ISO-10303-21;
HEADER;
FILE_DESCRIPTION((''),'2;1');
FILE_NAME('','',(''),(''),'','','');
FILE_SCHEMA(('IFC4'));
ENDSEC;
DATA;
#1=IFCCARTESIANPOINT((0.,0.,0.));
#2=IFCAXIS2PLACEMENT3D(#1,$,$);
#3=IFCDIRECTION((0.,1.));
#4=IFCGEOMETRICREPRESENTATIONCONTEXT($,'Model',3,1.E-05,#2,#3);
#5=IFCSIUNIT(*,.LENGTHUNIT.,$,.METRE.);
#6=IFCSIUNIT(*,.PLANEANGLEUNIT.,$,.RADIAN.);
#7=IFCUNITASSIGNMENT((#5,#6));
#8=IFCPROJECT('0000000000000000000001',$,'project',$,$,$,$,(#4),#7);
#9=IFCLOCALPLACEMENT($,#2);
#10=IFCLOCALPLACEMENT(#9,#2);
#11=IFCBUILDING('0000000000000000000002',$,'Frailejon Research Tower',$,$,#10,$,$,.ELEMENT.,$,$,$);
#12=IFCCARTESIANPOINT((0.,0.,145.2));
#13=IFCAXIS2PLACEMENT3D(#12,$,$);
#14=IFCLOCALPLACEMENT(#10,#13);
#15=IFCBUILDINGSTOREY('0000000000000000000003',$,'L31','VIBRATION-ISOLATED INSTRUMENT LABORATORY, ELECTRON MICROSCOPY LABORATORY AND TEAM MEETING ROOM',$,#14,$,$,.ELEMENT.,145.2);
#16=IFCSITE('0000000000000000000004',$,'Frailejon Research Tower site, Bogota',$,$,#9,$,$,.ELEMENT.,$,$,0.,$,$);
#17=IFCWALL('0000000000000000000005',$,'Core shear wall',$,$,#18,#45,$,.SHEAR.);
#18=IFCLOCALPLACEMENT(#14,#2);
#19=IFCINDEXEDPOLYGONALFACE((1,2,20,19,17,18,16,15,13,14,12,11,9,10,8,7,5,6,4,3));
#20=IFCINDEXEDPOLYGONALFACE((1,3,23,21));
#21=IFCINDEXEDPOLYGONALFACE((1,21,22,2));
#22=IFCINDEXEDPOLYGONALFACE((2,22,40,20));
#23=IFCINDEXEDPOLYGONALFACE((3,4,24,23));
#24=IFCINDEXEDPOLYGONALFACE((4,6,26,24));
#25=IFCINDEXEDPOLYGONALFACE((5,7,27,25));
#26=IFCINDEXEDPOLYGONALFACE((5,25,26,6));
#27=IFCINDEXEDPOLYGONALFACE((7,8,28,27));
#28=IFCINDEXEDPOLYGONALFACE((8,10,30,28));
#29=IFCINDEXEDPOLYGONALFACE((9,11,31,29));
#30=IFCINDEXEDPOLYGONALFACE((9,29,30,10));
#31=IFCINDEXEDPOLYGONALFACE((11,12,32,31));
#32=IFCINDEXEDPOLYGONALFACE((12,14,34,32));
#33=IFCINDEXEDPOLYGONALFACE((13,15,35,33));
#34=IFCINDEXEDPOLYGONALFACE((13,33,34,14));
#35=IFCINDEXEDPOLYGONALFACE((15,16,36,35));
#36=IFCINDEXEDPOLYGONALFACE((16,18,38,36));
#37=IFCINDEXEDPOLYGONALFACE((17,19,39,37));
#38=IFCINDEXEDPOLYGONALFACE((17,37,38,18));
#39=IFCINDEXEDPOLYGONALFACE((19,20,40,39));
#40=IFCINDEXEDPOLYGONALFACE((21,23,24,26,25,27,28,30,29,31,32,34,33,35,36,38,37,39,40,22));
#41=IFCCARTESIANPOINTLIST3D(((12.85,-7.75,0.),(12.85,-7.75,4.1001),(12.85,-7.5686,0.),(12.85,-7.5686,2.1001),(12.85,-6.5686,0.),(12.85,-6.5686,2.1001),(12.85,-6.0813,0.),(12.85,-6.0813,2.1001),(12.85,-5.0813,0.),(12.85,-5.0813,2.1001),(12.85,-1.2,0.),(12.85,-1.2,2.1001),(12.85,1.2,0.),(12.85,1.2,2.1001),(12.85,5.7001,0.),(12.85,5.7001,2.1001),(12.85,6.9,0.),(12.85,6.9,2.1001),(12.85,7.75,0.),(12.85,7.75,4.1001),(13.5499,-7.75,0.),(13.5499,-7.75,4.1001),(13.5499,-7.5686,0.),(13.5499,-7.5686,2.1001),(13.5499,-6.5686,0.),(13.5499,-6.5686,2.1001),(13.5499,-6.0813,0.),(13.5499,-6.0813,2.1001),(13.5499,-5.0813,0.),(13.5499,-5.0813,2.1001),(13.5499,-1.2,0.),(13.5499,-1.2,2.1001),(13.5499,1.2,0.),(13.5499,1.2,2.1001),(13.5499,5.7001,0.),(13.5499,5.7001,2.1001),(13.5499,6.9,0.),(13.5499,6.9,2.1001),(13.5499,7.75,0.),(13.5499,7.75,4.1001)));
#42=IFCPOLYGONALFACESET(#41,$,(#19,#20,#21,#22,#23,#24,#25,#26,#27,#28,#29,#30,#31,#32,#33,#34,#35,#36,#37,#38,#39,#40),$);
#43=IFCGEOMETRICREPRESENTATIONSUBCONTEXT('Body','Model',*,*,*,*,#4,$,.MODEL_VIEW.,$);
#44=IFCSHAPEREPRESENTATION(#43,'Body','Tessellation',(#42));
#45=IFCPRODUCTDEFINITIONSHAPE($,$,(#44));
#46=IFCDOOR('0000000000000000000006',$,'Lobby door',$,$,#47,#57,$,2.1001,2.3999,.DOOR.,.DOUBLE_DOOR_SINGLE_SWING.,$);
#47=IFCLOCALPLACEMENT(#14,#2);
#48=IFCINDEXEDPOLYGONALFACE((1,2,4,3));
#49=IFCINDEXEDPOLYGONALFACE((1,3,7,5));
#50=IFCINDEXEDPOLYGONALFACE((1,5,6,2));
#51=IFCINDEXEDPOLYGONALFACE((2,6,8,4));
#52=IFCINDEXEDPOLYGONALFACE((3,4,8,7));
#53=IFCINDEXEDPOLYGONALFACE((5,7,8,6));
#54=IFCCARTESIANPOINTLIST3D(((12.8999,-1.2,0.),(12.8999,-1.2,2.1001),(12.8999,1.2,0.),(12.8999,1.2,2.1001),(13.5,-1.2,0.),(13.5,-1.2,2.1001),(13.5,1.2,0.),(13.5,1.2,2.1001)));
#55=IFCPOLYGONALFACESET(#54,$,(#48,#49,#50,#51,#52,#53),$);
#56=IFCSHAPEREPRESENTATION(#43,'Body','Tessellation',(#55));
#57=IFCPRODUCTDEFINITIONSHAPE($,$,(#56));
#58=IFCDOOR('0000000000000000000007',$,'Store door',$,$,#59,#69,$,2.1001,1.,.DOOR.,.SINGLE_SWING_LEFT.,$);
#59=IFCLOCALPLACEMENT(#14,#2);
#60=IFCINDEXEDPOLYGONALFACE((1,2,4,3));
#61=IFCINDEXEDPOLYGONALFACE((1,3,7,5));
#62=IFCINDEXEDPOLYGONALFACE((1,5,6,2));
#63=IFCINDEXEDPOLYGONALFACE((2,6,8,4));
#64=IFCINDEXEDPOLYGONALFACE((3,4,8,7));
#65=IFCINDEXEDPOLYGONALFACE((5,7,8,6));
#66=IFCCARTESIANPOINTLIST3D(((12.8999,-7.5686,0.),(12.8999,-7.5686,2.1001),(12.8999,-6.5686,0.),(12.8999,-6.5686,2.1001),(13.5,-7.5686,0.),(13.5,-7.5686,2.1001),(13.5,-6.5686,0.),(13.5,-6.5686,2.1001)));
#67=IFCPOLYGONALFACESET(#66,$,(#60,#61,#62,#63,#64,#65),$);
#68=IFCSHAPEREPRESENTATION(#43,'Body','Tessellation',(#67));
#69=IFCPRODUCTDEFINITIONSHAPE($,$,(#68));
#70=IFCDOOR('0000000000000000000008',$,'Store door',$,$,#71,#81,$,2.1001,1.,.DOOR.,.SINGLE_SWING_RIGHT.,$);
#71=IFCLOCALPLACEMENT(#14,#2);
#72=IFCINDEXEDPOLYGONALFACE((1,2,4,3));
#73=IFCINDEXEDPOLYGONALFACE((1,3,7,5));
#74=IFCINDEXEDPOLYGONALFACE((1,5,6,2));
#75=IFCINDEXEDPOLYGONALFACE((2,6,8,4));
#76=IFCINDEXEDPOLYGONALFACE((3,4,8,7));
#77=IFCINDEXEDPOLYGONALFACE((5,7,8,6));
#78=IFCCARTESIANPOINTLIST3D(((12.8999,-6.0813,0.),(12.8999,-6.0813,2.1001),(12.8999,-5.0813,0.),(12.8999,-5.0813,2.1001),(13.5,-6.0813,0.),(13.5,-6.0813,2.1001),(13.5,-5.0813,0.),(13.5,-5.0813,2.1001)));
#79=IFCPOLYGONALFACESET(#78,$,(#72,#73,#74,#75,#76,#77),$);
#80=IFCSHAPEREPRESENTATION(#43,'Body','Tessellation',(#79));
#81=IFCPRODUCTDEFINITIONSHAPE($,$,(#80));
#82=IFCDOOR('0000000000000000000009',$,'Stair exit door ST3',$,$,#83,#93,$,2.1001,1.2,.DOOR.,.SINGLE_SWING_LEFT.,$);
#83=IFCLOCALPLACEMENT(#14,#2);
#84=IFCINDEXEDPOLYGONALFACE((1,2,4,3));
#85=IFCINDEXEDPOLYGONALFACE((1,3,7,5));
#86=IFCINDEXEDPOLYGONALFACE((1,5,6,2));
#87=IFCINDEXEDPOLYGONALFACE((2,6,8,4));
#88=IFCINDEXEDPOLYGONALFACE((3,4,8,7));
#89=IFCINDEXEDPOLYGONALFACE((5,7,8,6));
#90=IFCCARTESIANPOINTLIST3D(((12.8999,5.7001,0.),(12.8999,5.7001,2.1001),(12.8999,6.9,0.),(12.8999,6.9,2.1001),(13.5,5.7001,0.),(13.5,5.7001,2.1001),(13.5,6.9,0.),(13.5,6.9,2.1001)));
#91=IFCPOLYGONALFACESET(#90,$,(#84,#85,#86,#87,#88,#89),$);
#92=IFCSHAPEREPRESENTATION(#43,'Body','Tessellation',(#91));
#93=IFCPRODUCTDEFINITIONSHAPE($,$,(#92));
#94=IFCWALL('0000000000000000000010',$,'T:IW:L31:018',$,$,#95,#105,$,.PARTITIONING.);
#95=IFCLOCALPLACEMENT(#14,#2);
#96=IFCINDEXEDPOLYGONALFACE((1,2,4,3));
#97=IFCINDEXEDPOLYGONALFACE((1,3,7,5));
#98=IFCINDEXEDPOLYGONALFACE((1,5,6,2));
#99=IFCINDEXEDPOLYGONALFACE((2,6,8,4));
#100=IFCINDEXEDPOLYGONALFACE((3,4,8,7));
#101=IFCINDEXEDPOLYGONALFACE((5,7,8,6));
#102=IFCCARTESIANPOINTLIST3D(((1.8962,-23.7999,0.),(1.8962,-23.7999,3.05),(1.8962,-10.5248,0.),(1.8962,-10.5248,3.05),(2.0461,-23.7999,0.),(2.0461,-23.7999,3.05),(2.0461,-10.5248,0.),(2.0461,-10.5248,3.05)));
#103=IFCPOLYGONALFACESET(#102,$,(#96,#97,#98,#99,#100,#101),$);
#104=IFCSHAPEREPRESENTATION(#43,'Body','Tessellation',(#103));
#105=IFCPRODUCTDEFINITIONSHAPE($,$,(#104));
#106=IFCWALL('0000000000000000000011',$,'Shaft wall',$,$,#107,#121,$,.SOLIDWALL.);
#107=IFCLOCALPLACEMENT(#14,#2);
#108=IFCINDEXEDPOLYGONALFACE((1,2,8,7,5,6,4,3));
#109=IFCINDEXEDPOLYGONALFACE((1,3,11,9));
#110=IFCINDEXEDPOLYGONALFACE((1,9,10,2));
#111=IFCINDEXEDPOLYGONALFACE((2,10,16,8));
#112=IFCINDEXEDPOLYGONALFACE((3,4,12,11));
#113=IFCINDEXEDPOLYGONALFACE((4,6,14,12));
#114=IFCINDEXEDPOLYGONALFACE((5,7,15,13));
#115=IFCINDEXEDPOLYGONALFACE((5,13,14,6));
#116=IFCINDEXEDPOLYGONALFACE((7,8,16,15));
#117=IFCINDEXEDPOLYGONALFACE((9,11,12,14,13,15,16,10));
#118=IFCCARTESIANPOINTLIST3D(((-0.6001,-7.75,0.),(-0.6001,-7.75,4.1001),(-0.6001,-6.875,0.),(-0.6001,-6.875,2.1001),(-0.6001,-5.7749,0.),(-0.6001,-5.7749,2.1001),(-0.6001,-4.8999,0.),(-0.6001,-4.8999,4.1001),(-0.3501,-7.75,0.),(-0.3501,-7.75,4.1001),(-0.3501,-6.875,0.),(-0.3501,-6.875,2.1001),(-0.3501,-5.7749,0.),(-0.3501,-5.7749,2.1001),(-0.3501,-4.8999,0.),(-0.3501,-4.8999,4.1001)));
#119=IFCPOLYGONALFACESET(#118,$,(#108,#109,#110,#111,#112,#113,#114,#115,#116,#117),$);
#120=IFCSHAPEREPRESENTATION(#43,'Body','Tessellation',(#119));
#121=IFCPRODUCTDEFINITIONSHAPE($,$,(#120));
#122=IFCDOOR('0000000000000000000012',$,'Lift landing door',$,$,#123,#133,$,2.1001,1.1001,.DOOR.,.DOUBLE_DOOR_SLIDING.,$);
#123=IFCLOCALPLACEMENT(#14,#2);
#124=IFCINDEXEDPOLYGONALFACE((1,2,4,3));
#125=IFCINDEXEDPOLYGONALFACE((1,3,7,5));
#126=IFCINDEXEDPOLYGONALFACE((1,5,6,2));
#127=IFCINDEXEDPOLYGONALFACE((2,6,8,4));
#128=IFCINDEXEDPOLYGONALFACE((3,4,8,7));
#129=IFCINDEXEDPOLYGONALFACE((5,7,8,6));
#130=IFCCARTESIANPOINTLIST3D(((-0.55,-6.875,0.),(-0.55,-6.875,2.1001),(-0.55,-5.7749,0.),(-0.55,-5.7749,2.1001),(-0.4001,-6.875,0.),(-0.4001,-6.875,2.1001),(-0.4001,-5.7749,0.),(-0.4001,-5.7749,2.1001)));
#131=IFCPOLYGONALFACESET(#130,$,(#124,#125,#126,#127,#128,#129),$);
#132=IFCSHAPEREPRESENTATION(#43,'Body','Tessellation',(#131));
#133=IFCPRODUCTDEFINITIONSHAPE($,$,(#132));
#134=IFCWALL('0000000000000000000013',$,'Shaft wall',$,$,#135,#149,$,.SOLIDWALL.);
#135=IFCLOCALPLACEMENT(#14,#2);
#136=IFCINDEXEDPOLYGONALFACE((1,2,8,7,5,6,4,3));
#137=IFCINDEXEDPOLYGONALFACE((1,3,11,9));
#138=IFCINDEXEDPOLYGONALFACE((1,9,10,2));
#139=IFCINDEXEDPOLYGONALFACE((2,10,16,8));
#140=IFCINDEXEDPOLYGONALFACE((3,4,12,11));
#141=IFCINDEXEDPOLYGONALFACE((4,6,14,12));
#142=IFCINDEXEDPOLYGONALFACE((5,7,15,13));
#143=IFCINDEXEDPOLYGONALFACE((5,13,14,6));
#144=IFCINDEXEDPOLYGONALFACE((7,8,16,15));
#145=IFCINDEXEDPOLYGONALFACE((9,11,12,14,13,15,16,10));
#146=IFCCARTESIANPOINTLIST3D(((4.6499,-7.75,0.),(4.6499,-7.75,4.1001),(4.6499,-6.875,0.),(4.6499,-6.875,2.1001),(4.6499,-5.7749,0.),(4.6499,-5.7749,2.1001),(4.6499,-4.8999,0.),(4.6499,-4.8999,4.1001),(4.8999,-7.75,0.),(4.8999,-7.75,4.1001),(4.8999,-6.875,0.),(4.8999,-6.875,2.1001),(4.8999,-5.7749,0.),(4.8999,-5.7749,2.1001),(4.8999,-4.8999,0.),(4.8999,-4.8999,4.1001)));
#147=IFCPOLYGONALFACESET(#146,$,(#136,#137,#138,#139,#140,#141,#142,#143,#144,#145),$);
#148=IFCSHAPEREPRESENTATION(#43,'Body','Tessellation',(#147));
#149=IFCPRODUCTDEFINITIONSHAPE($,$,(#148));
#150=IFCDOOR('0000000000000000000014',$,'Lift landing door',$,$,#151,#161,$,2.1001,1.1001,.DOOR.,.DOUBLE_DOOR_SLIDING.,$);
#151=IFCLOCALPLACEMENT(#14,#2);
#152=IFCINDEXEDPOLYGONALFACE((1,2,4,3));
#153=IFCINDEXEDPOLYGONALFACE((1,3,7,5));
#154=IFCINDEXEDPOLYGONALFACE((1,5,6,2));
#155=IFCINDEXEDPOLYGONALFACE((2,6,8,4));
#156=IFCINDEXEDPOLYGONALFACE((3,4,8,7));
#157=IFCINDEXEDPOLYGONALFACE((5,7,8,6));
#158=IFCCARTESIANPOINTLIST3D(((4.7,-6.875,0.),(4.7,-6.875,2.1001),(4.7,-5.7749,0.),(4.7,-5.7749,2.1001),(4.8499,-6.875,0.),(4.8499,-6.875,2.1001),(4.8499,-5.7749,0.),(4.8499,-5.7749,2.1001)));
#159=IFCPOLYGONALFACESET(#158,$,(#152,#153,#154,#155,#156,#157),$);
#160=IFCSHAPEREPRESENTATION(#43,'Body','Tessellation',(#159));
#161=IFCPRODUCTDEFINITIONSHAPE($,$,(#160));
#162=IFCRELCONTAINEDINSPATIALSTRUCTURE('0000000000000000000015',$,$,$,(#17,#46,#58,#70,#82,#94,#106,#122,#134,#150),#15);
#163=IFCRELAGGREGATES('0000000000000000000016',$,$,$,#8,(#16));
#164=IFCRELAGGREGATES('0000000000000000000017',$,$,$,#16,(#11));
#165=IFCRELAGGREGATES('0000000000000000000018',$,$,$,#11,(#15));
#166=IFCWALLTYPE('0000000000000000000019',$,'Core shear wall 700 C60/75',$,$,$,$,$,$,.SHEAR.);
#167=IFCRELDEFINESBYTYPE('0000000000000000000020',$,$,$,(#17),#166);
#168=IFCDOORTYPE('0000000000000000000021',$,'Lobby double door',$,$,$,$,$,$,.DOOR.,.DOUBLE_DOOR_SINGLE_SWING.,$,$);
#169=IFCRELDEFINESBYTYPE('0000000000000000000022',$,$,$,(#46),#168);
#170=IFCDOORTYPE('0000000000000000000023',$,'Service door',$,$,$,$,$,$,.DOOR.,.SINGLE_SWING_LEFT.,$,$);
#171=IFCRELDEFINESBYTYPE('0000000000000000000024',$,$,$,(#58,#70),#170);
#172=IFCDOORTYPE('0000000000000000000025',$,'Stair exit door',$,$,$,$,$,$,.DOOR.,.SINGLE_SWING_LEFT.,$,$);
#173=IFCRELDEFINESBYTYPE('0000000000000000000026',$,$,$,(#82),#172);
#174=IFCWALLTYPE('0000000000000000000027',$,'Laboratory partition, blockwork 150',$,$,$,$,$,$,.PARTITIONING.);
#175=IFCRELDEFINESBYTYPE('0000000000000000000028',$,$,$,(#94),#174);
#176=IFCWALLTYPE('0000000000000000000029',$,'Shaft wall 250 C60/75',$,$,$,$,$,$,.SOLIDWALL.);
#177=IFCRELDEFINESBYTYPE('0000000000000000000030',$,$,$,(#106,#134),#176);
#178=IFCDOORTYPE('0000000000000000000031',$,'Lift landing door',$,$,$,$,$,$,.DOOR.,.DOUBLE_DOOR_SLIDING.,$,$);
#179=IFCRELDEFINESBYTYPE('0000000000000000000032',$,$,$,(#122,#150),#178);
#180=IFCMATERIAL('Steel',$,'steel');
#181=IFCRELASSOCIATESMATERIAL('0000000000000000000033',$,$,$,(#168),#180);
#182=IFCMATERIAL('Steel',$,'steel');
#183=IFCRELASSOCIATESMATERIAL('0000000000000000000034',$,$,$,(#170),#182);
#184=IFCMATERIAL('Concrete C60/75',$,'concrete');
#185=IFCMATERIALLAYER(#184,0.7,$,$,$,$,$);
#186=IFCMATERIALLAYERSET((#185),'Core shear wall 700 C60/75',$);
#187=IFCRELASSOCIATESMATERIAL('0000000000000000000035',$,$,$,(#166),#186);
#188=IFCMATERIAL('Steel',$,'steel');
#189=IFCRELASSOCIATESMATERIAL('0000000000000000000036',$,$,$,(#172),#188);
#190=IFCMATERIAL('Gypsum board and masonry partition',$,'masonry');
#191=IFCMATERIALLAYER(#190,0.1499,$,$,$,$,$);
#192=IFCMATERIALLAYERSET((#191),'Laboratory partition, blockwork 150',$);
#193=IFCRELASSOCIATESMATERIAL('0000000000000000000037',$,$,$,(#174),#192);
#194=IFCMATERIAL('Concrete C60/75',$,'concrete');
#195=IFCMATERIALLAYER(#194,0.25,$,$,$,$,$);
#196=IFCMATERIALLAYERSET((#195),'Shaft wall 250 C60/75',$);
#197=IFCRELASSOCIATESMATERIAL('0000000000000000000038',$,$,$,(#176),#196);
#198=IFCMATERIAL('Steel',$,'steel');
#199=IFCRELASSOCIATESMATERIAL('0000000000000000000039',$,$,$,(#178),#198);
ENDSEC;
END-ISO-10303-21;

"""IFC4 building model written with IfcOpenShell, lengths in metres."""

from ifc_helpers import new_model, si_unit, direction, frame, frame_2d, origin, place, context, subcontext, project, spatial, rectangle, extrude, material, layer, layer_set, type_object, element, fill, save


model = new_model("IFC4")

# Units and contexts
model_context = context("Model", 3, precision=1e-05, world=origin(), true_north=direction((0.0, 1.0)))
body_context = subcontext(model_context, "Body", "Model", "MODEL_VIEW")
ifc_project = project(units=[si_unit("LENGTHUNIT", "METRE"), si_unit("PLANEANGLEUNIT", "RADIAN")], contexts=[model_context])

# Site, building, storey
site_placement = place(None, origin())
site = spatial("IfcSite", under=ifc_project, at=site_placement, Name="Frailejon Research Tower site, Bogota", CompositionType="ELEMENT", RefElevation=0.0)
building_placement = place(site_placement, origin())
building = spatial("IfcBuilding", under=site, at=building_placement, Name="Frailejon Research Tower", CompositionType="ELEMENT")
storey_placement = place(building_placement, frame((0.0, 0.0, 145.2)))
storey = spatial("IfcBuildingStorey", under=building, at=storey_placement, Name="L31", Description="VIBRATION-ISOLATED INSTRUMENT LABORATORY, ELECTRON MICROSCOPY LABORATORY AND TEAM MEETING ROOM", CompositionType="ELEMENT", Elevation=145.2)

# Wall, openings, doors
ifc_material_1 = material(Name="Steel", Category="steel")
door_type_1 = type_object("IfcDoorType", Name="Lobby double door", OperationType="DOUBLE_DOOR_SINGLE_SWING", PredefinedType="DOOR", material=ifc_material_1)
ifc_material_2 = material(Name="Steel", Category="steel")
door_type_2 = type_object("IfcDoorType", Name="Service door", OperationType="SINGLE_SWING_LEFT", PredefinedType="DOOR", material=ifc_material_2)
ifc_material_3 = material(Name="Concrete C60/75", Category="concrete")
ifc_layer_1 = layer(ifc_material_3, 0.7)
ifc_layer_set_1 = layer_set([ifc_layer_1], Name="Core shear wall 700 C60/75")
wall_type_1 = type_object("IfcWallType", Name="Core shear wall 700 C60/75", PredefinedType="SHEAR", material=ifc_layer_set_1)
wall_1_placement = place(storey_placement, frame((13.2, -7.75, 0.0), z_axis=(0.0, 0.0, 1.0), x_axis=(0.0, 1.0, 0.0)))
wall_1 = element("IfcWall", 1, at=wall_1_placement, inside=storey, type_object=wall_type_1, Name="Core shear wall", PredefinedType="SHEAR", context=body_context, shape_type="SweptSolid", body=[
    extrude(rectangle(XDim=15.5, YDim=0.7, at=frame_2d((7.75, 0.0))), origin(), (0.0, 0.0, 1.0), 4.1001),
])
opening_1_placement = place(wall_1_placement, frame((6.55, 0.0, 0.0)))
opening_1 = element("IfcOpeningElement", 2, at=opening_1_placement, cuts=wall_1, PredefinedType="OPENING", context=body_context, shape_type="SweptSolid", body=[
    extrude(rectangle(XDim=2.3999, YDim=2.1001, at=frame_2d((1.2, 1.05))), frame((0.0, 0.3599, 0.0), z_axis=(0.0, -1.0, 0.0), x_axis=(1.0, 0.0, 0.0)), (0.0, 0.0, 1.0), 0.72),
])
opening_2_placement = place(wall_1_placement, frame((13.45, 0.0, 0.0)))
opening_2 = element("IfcOpeningElement", 3, at=opening_2_placement, cuts=wall_1, PredefinedType="OPENING", context=body_context, shape_type="SweptSolid", body=[
    extrude(rectangle(XDim=1.2, YDim=2.1001, at=frame_2d((0.6001, 1.05))), frame((0.0, 0.3599, 0.0), z_axis=(0.0, -1.0, 0.0), x_axis=(1.0, 0.0, 0.0)), (0.0, 0.0, 1.0), 0.72),
])
opening_3_placement = place(wall_1_placement, frame((0.1814, 0.0, 0.0)))
opening_3 = element("IfcOpeningElement", 4, at=opening_3_placement, cuts=wall_1, PredefinedType="OPENING", context=body_context, shape_type="SweptSolid", body=[
    extrude(rectangle(XDim=1.0, YDim=2.1001, at=frame_2d((0.5, 1.05))), frame((0.0, 0.3599, 0.0), z_axis=(0.0, -1.0, 0.0), x_axis=(1.0, 0.0, 0.0)), (0.0, 0.0, 1.0), 0.72),
])
opening_4_placement = place(wall_1_placement, frame((1.6687, 0.0, 0.0)))
opening_4 = element("IfcOpeningElement", 5, at=opening_4_placement, cuts=wall_1, PredefinedType="OPENING", context=body_context, shape_type="SweptSolid", body=[
    extrude(rectangle(XDim=1.0, YDim=2.1001, at=frame_2d((0.5, 1.05))), frame((0.0, 0.3599, 0.0), z_axis=(0.0, -1.0, 0.0), x_axis=(1.0, 0.0, 0.0)), (0.0, 0.0, 1.0), 0.72),
])
door_1_placement = place(opening_1_placement, origin())
door_1 = element("IfcDoor", 6, at=door_1_placement, inside=storey, type_object=door_type_1, Name="Lobby door", OperationType="DOUBLE_DOOR_SINGLE_SWING", OverallHeight=2.1001, OverallWidth=2.3999, PredefinedType="DOOR", context=body_context, shape_type="SweptSolid", body=[
    extrude(rectangle(XDim=2.3999, YDim=2.1001, at=frame_2d((1.2, 1.05))), frame((0.0, 0.3, 0.0), z_axis=(0.0, -1.0, 0.0), x_axis=(1.0, 0.0, 0.0)), (0.0, 0.0, 1.0), 0.6001),
])
fill(opening_1, door_1)
door_2_placement = place(opening_3_placement, origin())
door_2 = element("IfcDoor", 7, at=door_2_placement, inside=storey, type_object=door_type_2, Name="Store door", OperationType="SINGLE_SWING_LEFT", OverallHeight=2.1001, OverallWidth=1.0, PredefinedType="DOOR", context=body_context, shape_type="SweptSolid", body=[
    extrude(rectangle(XDim=1.0, YDim=2.1001, at=frame_2d((0.5, 1.05))), frame((0.0, 0.3, 0.0), z_axis=(0.0, -1.0, 0.0), x_axis=(1.0, 0.0, 0.0)), (0.0, 0.0, 1.0), 0.6001),
])
fill(opening_3, door_2)
door_3_placement = place(opening_4_placement, origin())
door_3 = element("IfcDoor", 8, at=door_3_placement, inside=storey, type_object=door_type_2, Name="Store door", OperationType="SINGLE_SWING_RIGHT", OverallHeight=2.1001, OverallWidth=1.0, PredefinedType="DOOR", context=body_context, shape_type="SweptSolid", body=[
    extrude(rectangle(XDim=1.0, YDim=2.1001, at=frame_2d((0.5, 1.05))), frame((0.0, 0.3, 0.0), z_axis=(0.0, -1.0, 0.0), x_axis=(1.0, 0.0, 0.0)), (0.0, 0.0, 1.0), 0.6001),
])
fill(opening_4, door_3)
ifc_material_4 = material(Name="Steel", Category="steel")
door_type_3 = type_object("IfcDoorType", Name="Stair exit door", OperationType="SINGLE_SWING_LEFT", PredefinedType="DOOR", material=ifc_material_4)
door_4_placement = place(opening_2_placement, origin())
door_4 = element("IfcDoor", 9, at=door_4_placement, inside=storey, type_object=door_type_3, Name="Stair exit door ST3", OperationType="SINGLE_SWING_LEFT", OverallHeight=2.1001, OverallWidth=1.2, PredefinedType="DOOR", context=body_context, shape_type="SweptSolid", body=[
    extrude(rectangle(XDim=1.2, YDim=2.1001, at=frame_2d((0.6001, 1.05))), frame((0.0, 0.3, 0.0), z_axis=(0.0, -1.0, 0.0), x_axis=(1.0, 0.0, 0.0)), (0.0, 0.0, 1.0), 0.6001),
])
fill(opening_2, door_4)

# Wall
ifc_material_5 = material(Name="Gypsum board and masonry partition", Category="masonry")
ifc_layer_2 = layer(ifc_material_5, 0.1499)
ifc_layer_set_2 = layer_set([ifc_layer_2], Name="Laboratory partition, blockwork 150")
wall_type_2 = type_object("IfcWallType", Name="Laboratory partition, blockwork 150", PredefinedType="PARTITIONING", material=ifc_layer_set_2)
wall_2_placement = place(storey_placement, frame((1.9712, -23.8, 0.0), z_axis=(0.0, 0.0, 1.0), x_axis=(0.0, 1.0, 0.0)))
element("IfcWall", 10, at=wall_2_placement, inside=storey, type_object=wall_type_2, Name="T:IW:L31:018", PredefinedType="PARTITIONING", context=body_context, shape_type="SweptSolid", body=[
    extrude(rectangle(XDim=13.2751, YDim=0.1499, at=frame_2d((6.6377, 0.0))), origin(), (0.0, 0.0, 1.0), 3.05),
])

# Walls, openings, doors
ifc_material_6 = material(Name="Concrete C60/75", Category="concrete")
ifc_layer_3 = layer(ifc_material_6, 0.25)
ifc_layer_set_3 = layer_set([ifc_layer_3], Name="Shaft wall 250 C60/75")
wall_type_3 = type_object("IfcWallType", Name="Shaft wall 250 C60/75", PredefinedType="SOLIDWALL", material=ifc_layer_set_3)
wall_3_placement = place(storey_placement, frame((-0.4751, -7.75, 0.0), z_axis=(0.0, 0.0, 1.0), x_axis=(0.0, 1.0, 0.0)))
wall_3 = element("IfcWall", 11, at=wall_3_placement, inside=storey, type_object=wall_type_3, Name="Shaft wall", PredefinedType="SOLIDWALL", context=body_context, shape_type="SweptSolid", body=[
    extrude(rectangle(XDim=2.8501, YDim=0.25, at=frame_2d((1.425, 0.0))), origin(), (0.0, 0.0, 1.0), 4.1001),
])
opening_5_placement = place(wall_3_placement, frame((0.875, 0.0, 0.0)))
opening_5 = element("IfcOpeningElement", 12, at=opening_5_placement, cuts=wall_3, PredefinedType="OPENING", context=body_context, shape_type="SweptSolid", body=[
    extrude(rectangle(XDim=1.1001, YDim=2.1001, at=frame_2d((0.55, 1.05))), frame((0.0, 0.135, 0.0), z_axis=(0.0, -1.0, 0.0), x_axis=(1.0, 0.0, 0.0)), (0.0, 0.0, 1.0), 0.27),
])
ifc_material_7 = material(Name="Steel", Category="steel")
door_type_4 = type_object("IfcDoorType", Name="Lift landing door", OperationType="DOUBLE_DOOR_SLIDING", PredefinedType="DOOR", material=ifc_material_7)
door_5_placement = place(opening_5_placement, origin())
door_5 = element("IfcDoor", 13, at=door_5_placement, inside=storey, type_object=door_type_4, Name="Lift landing door", OperationType="DOUBLE_DOOR_SLIDING", OverallHeight=2.1001, OverallWidth=1.1001, PredefinedType="DOOR", context=body_context, shape_type="SweptSolid", body=[
    extrude(rectangle(XDim=1.1001, YDim=2.1001, at=frame_2d((0.55, 1.05))), frame((0.0, 0.075, 0.0), z_axis=(0.0, -1.0, 0.0), x_axis=(1.0, 0.0, 0.0)), (0.0, 0.0, 1.0), 0.1499),
])
fill(opening_5, door_5)
wall_4_placement = place(storey_placement, frame((4.7749, -7.75, 0.0), z_axis=(0.0, 0.0, 1.0), x_axis=(0.0, 1.0, 0.0)))
wall_4 = element("IfcWall", 14, at=wall_4_placement, inside=storey, type_object=wall_type_3, Name="Shaft wall", PredefinedType="SOLIDWALL", context=body_context, shape_type="SweptSolid", body=[
    extrude(rectangle(XDim=2.8501, YDim=0.25, at=frame_2d((1.425, 0.0))), origin(), (0.0, 0.0, 1.0), 4.1001),
])
opening_6_placement = place(wall_4_placement, frame((0.875, 0.0, 0.0)))
opening_6 = element("IfcOpeningElement", 15, at=opening_6_placement, cuts=wall_4, PredefinedType="OPENING", context=body_context, shape_type="SweptSolid", body=[
    extrude(rectangle(XDim=1.1001, YDim=2.1001, at=frame_2d((0.55, 1.05))), frame((0.0, 0.135, 0.0), z_axis=(0.0, -1.0, 0.0), x_axis=(1.0, 0.0, 0.0)), (0.0, 0.0, 1.0), 0.27),
])
door_6_placement = place(opening_6_placement, origin())
door_6 = element("IfcDoor", 16, at=door_6_placement, inside=storey, type_object=door_type_4, Name="Lift landing door", OperationType="DOUBLE_DOOR_SLIDING", OverallHeight=2.1001, OverallWidth=1.1001, PredefinedType="DOOR", context=body_context, shape_type="SweptSolid", body=[
    extrude(rectangle(XDim=1.1001, YDim=2.1001, at=frame_2d((0.55, 1.05))), frame((0.0, 0.075, 0.0), z_axis=(0.0, -1.0, 0.0), x_axis=(1.0, 0.0, 0.0)), (0.0, 0.0, 1.0), 0.1499),
])
fill(opening_6, door_6)

save(model, "model.ifc")
